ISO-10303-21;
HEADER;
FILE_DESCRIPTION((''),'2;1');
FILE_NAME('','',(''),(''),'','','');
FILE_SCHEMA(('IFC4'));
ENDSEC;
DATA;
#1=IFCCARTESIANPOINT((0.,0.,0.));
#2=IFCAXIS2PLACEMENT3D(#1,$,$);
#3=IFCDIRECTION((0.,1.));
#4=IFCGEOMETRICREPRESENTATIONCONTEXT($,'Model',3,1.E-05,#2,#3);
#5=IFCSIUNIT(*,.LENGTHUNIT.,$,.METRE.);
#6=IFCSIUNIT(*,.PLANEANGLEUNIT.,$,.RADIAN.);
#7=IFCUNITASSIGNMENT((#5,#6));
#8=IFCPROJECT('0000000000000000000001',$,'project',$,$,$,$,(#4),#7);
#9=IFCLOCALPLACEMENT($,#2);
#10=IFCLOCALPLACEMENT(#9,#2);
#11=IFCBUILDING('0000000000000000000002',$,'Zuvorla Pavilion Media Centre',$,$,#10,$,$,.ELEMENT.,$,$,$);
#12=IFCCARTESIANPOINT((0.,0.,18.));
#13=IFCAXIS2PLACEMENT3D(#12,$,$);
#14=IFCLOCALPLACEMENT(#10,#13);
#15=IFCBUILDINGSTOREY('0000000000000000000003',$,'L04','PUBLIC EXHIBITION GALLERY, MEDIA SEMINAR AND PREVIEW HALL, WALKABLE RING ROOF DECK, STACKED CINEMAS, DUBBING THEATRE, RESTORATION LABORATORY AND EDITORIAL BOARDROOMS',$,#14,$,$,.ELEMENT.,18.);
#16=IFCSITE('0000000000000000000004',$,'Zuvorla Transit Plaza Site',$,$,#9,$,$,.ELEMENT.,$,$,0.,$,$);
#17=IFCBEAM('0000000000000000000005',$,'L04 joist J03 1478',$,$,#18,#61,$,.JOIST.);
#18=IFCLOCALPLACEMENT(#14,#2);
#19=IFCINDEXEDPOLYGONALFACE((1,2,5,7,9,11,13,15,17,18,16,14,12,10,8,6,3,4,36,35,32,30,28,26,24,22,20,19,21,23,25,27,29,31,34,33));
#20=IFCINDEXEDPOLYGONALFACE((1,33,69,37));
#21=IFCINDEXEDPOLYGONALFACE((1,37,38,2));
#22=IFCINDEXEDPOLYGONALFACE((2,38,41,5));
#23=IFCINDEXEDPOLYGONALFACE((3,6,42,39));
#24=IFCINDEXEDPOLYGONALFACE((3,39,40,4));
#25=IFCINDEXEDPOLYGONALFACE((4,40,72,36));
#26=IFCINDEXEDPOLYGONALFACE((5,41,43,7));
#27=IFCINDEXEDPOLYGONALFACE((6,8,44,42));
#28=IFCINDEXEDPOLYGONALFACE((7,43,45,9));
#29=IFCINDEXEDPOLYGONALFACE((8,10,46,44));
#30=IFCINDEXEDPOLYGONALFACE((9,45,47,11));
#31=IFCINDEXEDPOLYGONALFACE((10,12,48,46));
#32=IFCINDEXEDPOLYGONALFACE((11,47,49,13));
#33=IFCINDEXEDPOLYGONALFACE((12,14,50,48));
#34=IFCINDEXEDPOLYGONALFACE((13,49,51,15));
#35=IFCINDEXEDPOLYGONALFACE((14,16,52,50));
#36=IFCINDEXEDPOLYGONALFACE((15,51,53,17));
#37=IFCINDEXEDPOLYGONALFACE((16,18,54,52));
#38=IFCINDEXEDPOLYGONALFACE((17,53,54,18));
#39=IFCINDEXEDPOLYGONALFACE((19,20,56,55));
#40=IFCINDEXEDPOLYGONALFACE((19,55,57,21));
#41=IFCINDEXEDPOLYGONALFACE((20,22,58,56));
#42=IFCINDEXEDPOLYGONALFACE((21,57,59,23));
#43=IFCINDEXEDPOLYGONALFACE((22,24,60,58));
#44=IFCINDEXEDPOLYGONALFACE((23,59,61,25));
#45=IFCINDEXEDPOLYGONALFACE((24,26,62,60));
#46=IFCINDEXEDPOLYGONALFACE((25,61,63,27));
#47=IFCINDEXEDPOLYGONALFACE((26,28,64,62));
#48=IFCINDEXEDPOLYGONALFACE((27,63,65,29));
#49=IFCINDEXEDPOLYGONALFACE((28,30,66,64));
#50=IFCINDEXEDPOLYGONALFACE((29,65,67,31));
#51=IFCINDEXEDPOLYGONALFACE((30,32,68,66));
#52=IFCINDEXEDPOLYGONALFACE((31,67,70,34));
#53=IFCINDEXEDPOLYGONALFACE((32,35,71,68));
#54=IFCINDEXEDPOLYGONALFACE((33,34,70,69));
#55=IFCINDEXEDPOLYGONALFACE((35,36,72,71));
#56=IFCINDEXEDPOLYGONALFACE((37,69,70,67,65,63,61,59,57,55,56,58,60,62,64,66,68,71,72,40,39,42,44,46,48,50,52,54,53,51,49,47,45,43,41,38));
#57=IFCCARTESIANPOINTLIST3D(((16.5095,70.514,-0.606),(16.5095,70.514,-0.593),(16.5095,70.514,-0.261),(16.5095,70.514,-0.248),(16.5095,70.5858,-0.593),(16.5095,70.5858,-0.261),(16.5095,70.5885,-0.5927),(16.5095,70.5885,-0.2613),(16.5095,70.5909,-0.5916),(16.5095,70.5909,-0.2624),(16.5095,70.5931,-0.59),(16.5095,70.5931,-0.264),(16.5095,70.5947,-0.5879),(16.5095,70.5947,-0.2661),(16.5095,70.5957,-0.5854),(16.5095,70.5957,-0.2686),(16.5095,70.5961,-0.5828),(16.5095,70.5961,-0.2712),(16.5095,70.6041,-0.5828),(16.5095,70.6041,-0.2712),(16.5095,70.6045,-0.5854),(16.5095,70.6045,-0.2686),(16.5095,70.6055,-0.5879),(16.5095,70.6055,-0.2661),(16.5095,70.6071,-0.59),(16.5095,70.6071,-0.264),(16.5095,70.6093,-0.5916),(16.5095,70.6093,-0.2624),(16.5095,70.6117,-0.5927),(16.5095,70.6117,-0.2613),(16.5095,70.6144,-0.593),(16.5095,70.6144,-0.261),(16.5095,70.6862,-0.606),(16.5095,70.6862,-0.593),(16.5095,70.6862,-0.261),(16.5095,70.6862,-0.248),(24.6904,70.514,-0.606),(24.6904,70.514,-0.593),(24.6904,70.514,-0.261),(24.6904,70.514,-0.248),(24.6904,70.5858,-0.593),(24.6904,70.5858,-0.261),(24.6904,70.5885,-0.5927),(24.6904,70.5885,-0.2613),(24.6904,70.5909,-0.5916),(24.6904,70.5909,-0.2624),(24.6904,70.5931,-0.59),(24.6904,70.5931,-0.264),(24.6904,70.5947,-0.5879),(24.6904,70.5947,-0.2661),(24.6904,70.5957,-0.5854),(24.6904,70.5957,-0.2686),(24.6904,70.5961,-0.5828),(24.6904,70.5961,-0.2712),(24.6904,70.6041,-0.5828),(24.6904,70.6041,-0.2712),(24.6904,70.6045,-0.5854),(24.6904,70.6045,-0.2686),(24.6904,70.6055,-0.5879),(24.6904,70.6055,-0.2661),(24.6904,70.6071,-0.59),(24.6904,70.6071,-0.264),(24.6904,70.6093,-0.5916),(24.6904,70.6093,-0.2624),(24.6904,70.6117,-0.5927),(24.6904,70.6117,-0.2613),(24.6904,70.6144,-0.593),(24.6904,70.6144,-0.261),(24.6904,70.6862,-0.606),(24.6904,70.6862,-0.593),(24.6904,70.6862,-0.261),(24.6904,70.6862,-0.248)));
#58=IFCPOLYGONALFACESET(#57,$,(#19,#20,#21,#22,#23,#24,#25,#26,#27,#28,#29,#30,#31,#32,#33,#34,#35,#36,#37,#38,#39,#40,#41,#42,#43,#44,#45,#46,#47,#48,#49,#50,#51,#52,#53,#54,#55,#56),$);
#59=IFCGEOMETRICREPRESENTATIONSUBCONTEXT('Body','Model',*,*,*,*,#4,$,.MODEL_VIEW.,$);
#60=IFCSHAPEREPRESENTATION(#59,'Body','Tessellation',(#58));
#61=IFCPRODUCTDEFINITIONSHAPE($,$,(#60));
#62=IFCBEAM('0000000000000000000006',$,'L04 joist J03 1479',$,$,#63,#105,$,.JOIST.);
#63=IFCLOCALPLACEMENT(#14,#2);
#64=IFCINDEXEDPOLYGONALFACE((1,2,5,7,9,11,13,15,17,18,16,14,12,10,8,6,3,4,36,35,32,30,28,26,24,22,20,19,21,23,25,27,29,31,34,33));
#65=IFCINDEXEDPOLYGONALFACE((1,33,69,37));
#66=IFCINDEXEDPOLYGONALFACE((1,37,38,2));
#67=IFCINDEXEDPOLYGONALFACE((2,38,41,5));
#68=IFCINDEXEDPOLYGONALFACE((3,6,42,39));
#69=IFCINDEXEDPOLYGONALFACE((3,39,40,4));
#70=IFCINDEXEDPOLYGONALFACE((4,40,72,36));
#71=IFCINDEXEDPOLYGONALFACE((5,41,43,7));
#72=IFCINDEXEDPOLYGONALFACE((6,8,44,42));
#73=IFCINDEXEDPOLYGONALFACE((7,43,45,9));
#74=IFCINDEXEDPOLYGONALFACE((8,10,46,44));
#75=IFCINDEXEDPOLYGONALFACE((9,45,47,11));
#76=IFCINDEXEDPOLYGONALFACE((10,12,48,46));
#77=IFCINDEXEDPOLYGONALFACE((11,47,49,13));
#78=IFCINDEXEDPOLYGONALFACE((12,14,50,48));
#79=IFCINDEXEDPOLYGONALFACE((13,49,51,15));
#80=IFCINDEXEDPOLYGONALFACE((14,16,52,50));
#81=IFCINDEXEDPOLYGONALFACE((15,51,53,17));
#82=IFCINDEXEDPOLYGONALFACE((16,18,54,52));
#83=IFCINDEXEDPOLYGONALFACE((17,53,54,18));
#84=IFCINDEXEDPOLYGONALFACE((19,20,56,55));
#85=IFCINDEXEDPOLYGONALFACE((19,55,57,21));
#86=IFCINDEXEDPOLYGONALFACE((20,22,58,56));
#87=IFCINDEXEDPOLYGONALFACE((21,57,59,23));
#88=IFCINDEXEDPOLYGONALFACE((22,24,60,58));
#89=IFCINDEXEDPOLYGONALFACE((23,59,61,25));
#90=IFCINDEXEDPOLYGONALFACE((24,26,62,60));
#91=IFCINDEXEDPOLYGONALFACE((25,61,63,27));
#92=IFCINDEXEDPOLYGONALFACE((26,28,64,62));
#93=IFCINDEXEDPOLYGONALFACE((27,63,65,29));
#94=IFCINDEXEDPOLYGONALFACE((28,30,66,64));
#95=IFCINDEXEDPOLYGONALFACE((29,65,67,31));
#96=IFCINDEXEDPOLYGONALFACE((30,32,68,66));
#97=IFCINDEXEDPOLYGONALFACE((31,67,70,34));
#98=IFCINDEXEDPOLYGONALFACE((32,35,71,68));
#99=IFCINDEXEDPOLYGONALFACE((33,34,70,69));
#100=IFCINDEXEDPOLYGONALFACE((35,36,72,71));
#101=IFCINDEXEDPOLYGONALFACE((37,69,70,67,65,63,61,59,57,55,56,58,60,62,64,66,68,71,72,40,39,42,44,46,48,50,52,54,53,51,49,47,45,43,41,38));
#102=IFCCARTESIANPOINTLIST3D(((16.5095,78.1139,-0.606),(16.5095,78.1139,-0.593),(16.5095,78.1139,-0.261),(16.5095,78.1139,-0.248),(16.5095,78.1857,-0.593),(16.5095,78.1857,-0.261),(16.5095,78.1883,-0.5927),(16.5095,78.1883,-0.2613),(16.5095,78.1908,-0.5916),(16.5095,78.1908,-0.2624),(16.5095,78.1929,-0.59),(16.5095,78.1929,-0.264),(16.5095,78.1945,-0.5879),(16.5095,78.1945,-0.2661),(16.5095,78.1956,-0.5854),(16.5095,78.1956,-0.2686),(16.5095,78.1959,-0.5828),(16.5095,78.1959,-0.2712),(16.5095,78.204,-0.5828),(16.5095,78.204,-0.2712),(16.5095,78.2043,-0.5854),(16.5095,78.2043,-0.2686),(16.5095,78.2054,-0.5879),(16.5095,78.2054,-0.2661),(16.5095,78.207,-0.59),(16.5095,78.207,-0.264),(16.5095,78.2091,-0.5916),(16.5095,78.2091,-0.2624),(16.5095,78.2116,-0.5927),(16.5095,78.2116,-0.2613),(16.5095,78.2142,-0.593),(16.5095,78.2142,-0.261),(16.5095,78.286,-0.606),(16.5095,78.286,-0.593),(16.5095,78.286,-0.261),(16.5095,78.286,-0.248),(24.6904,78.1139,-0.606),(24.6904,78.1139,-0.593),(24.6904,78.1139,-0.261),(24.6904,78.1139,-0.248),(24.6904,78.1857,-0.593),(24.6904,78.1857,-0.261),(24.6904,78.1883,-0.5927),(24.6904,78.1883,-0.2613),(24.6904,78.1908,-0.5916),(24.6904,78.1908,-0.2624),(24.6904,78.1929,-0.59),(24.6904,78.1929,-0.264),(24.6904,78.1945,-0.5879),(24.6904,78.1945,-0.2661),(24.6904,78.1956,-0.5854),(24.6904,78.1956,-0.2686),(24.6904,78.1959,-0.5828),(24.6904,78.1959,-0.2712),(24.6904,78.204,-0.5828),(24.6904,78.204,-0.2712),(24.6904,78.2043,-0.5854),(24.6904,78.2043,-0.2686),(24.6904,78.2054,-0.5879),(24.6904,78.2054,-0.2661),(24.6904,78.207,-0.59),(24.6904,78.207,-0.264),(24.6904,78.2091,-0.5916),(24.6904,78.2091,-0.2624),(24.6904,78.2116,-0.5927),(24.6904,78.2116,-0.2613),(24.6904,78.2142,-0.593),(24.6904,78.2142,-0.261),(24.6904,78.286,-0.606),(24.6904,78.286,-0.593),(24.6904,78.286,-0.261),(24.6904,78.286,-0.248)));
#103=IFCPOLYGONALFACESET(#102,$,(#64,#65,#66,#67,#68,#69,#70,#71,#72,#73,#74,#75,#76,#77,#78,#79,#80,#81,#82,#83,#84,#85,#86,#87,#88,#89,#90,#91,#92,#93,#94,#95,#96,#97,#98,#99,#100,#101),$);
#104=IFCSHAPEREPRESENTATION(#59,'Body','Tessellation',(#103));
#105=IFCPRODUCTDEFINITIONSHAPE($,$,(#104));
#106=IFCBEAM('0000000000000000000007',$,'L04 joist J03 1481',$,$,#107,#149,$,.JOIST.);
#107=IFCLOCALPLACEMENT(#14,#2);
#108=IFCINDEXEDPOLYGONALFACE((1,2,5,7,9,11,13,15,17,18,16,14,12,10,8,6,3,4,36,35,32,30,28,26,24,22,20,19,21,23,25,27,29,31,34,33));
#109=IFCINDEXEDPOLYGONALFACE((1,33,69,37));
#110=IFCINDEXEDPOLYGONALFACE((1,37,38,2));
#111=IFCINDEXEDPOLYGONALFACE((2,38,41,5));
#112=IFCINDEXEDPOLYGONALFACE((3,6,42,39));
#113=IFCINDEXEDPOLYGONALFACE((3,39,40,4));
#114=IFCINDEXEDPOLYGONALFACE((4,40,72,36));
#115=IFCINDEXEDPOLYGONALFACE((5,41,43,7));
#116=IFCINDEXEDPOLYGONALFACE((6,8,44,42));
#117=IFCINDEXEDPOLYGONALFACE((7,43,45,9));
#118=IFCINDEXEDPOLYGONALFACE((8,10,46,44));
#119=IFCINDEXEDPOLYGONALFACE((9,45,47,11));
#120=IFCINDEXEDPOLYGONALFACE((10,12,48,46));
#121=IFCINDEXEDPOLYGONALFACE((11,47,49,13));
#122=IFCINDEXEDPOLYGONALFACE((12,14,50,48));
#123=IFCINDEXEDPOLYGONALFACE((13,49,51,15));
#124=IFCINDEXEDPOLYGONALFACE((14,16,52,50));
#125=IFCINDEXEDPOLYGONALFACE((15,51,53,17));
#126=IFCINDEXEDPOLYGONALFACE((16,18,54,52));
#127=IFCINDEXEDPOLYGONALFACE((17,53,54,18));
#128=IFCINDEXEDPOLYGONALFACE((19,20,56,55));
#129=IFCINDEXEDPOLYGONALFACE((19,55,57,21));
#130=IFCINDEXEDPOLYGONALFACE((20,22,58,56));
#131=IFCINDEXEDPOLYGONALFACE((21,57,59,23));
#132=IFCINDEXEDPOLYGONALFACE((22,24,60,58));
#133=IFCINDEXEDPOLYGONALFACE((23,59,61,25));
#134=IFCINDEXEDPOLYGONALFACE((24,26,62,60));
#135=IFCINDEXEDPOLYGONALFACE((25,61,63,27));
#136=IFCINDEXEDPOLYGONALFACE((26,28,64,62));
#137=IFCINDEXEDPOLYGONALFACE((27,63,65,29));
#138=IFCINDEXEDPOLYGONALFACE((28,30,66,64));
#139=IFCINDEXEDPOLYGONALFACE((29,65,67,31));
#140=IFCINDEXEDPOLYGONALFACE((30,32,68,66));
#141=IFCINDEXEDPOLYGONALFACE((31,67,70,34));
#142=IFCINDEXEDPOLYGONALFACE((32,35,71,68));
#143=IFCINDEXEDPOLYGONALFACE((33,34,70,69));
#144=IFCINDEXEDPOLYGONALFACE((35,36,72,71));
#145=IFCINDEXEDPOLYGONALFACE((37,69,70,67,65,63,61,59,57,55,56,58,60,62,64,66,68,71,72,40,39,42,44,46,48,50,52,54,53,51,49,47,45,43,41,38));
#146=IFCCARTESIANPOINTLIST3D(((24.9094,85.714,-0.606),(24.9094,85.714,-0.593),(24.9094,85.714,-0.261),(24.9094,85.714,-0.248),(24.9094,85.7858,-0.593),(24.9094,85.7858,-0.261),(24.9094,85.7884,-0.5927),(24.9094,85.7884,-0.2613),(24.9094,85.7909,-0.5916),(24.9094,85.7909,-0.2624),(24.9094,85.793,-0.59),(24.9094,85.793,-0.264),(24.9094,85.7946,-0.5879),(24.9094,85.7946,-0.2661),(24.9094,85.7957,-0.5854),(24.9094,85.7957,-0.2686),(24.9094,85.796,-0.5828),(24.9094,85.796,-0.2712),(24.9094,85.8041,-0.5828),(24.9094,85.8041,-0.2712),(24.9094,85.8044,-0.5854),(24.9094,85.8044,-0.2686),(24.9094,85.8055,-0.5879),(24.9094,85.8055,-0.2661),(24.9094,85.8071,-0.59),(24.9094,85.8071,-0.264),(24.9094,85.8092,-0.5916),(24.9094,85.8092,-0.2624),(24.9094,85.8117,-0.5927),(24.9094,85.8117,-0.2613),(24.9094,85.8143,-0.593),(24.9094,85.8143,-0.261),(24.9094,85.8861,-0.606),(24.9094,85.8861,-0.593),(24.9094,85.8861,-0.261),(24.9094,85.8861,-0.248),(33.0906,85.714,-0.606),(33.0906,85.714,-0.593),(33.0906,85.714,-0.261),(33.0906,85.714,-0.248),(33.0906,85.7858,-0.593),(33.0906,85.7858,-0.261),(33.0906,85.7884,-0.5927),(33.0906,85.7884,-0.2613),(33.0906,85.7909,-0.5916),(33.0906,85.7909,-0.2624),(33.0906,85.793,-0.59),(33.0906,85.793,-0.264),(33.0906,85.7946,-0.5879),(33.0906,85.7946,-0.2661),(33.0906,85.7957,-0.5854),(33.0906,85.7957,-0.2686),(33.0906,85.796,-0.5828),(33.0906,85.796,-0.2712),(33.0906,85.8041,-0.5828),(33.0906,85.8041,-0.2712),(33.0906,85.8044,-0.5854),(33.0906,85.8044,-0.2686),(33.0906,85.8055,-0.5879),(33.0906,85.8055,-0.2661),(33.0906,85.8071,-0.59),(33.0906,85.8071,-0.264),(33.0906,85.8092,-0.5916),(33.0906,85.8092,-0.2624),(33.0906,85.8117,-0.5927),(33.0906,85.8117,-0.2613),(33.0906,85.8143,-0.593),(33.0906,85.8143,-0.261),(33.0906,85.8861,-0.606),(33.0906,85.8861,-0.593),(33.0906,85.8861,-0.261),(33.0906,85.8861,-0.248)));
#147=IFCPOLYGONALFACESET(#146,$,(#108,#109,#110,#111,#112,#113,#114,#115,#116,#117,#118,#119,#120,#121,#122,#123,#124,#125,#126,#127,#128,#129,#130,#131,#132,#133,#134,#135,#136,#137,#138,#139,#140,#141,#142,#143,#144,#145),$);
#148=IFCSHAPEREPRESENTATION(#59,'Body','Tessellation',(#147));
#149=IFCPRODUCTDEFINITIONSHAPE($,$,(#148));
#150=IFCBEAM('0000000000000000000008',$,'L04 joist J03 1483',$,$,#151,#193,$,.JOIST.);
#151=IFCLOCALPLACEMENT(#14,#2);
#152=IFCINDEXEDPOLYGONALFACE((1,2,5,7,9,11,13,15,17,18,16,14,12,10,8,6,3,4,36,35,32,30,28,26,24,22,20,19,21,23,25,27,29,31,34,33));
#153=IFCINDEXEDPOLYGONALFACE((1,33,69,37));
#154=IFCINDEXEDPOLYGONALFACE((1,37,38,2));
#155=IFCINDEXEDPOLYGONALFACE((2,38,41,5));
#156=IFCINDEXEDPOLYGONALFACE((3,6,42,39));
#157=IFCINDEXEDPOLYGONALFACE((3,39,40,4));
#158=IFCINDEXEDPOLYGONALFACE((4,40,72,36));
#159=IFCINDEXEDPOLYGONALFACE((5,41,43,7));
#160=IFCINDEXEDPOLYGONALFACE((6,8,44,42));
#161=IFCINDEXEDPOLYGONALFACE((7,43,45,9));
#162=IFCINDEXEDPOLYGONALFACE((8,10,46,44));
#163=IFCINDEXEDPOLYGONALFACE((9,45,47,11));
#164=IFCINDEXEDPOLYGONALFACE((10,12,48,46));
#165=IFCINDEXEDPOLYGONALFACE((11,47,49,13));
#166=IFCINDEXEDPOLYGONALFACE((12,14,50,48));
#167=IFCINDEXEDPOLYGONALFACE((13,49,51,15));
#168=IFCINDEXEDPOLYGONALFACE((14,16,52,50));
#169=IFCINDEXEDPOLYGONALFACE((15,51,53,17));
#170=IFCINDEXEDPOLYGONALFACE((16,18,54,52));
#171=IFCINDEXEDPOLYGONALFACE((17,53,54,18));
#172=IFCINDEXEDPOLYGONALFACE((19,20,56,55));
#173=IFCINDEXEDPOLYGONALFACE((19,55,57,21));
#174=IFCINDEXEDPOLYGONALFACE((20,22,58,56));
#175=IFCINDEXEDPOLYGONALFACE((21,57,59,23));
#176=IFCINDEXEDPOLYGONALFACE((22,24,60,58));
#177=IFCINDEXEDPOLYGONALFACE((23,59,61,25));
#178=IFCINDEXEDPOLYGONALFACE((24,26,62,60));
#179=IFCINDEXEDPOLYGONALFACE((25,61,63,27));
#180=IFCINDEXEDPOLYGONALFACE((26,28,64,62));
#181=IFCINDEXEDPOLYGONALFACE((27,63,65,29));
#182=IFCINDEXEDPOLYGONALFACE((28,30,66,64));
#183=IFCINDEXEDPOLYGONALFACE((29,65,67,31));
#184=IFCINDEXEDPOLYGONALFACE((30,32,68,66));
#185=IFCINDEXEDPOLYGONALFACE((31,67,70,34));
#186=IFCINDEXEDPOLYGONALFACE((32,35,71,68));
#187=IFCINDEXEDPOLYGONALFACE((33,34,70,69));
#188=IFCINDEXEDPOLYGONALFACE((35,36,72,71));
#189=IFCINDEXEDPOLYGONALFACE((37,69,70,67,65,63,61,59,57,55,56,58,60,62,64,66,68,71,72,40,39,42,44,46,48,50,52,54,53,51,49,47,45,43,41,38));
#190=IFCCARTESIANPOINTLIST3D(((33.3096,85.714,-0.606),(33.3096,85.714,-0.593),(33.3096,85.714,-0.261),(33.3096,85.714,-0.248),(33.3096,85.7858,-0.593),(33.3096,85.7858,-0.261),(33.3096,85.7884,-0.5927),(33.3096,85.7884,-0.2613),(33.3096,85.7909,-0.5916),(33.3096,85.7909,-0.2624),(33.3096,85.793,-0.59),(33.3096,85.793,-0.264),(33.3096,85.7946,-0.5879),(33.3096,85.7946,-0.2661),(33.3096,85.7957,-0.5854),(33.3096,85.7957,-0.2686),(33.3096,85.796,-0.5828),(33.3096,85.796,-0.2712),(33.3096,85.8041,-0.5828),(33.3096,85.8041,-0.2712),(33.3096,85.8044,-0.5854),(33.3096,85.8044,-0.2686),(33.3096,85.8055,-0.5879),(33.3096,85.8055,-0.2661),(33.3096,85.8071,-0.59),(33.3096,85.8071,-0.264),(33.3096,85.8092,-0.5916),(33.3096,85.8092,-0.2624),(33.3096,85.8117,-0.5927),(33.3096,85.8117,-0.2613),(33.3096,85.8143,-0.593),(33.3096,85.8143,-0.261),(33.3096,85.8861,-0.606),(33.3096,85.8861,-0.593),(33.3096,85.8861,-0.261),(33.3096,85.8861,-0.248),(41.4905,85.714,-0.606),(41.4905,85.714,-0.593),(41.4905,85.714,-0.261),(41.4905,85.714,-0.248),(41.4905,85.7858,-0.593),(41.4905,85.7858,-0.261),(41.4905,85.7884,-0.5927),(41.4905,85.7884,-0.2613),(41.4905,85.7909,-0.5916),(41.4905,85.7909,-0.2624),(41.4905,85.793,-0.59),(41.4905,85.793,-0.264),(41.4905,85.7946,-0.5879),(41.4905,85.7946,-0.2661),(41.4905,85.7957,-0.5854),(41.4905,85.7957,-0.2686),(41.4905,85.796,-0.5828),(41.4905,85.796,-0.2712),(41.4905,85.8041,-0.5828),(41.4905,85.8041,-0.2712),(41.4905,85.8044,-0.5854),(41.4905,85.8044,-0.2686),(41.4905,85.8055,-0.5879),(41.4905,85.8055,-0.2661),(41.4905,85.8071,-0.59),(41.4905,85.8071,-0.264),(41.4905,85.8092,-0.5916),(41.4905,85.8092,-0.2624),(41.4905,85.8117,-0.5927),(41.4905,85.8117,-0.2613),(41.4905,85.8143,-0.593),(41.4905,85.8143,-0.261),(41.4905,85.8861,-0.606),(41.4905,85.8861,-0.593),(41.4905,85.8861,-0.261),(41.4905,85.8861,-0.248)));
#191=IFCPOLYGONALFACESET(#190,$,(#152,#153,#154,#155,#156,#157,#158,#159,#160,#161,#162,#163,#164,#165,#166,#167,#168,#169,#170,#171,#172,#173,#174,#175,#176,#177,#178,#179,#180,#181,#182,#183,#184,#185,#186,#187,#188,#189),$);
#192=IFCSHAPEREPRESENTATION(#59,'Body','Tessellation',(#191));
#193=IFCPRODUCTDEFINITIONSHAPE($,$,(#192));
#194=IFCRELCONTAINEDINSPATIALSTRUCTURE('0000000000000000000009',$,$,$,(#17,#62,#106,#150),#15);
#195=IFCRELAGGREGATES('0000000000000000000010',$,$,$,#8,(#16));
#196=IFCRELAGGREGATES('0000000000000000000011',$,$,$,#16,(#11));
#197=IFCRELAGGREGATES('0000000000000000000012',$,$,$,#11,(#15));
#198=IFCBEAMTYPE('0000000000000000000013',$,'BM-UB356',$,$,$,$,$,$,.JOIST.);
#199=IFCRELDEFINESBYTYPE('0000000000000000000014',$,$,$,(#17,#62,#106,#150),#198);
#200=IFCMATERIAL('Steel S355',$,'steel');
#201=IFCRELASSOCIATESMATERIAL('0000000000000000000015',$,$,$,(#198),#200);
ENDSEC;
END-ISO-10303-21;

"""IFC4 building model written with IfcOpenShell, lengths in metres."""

from ifc_helpers import new_model, si_unit, direction, frame, origin, origin_2d, place, context, subcontext, project, spatial, i_section, extrude, material, material_profile, profile_set, type_object, element, save


model = new_model("IFC4")

# Units and contexts
model_context = context("Model", 3, precision=1e-05, world=origin(), true_north=direction((0.0, 1.0)))
body_context = subcontext(model_context, "Body", "Model", "MODEL_VIEW")
ifc_project = project(units=[si_unit("LENGTHUNIT", "METRE"), si_unit("PLANEANGLEUNIT", "RADIAN")], contexts=[model_context])

# Site, building, storey
site_placement = place(None, origin())
site = spatial("IfcSite", under=ifc_project, at=site_placement, Name="Zuvorla Transit Plaza Site", CompositionType="ELEMENT", RefElevation=0.0)
building_placement = place(site_placement, origin())
building = spatial("IfcBuilding", under=site, at=building_placement, Name="Zuvorla Pavilion Media Centre", CompositionType="ELEMENT")
storey_placement = place(building_placement, frame((0.0, 0.0, 18.0)))
storey = spatial("IfcBuildingStorey", under=building, at=storey_placement, Name="L04", Description="PUBLIC EXHIBITION GALLERY, MEDIA SEMINAR AND PREVIEW HALL, WALKABLE RING ROOF DECK, STACKED CINEMAS, DUBBING THEATRE, RESTORATION LABORATORY AND EDITORIAL BOARDROOMS", CompositionType="ELEMENT", Elevation=18.0)

# Beams
ifc_material = material(Name="Steel S355", Category="steel")
ifc_material_profile_1 = material_profile(ifc_material, i_section(OverallWidth=0.1721, OverallDepth=0.3579, WebThickness=0.0081, FlangeThickness=0.0129, FilletRadius=0.0103, at=origin_2d()), Name="UB 356x171x57")
ifc_profile_set_1 = profile_set([ifc_material_profile_1], Name="Steel S355")
beam_type_1 = type_object("IfcBeamType", Name="BM-UB356", PredefinedType="JOIST", material=ifc_profile_set_1)
for number, where, z_axis, x_axis, name in (
    (1, (16.5095, 70.6001, -0.427), (1.0, 0.0, 0.0), (0.0, 1.0, 0.0), "L04 joist J03 1478"),
    (2, (16.5095, 78.2, -0.427), (1.0, 0.0, 0.0), (0.0, 1.0, 0.0), "L04 joist J03 1479"),
):
    element("IfcBeam", number, at=place(storey_placement, frame(where, z_axis=z_axis, x_axis=x_axis)), inside=storey, type_object=beam_type_1, Name=name, PredefinedType="JOIST", context=body_context, shape_type="SweptSolid", body=[
        extrude(i_section(OverallWidth=0.1721, OverallDepth=0.3579, WebThickness=0.0081, FlangeThickness=0.0129, FilletRadius=0.0103, at=origin_2d()), origin(), (0.0, 0.0, 1.0), 8.1809),
    ])
beam_1_placement = place(storey_placement, frame((24.9094, 85.8, -0.427), z_axis=(1.0, 0.0, 0.0), x_axis=(0.0, 1.0, 0.0)))
element("IfcBeam", 3, at=beam_1_placement, inside=storey, type_object=beam_type_1, Name="L04 joist J03 1481", PredefinedType="JOIST", context=body_context, shape_type="SweptSolid", body=[
    extrude(i_section(OverallWidth=0.1721, OverallDepth=0.3579, WebThickness=0.0081, FlangeThickness=0.0129, FilletRadius=0.0103, at=origin_2d()), origin(), (0.0, 0.0, 1.0), 8.1812),
])
beam_2_placement = place(storey_placement, frame((33.3096, 85.8, -0.427), z_axis=(1.0, 0.0, 0.0), x_axis=(0.0, 1.0, 0.0)))
element("IfcBeam", 4, at=beam_2_placement, inside=storey, type_object=beam_type_1, Name="L04 joist J03 1483", PredefinedType="JOIST", context=body_context, shape_type="SweptSolid", body=[
    extrude(i_section(OverallWidth=0.1721, OverallDepth=0.3579, WebThickness=0.0081, FlangeThickness=0.0129, FilletRadius=0.0103, at=origin_2d()), origin(), (0.0, 0.0, 1.0), 8.1809),
])

save(model, "model.ifc")
